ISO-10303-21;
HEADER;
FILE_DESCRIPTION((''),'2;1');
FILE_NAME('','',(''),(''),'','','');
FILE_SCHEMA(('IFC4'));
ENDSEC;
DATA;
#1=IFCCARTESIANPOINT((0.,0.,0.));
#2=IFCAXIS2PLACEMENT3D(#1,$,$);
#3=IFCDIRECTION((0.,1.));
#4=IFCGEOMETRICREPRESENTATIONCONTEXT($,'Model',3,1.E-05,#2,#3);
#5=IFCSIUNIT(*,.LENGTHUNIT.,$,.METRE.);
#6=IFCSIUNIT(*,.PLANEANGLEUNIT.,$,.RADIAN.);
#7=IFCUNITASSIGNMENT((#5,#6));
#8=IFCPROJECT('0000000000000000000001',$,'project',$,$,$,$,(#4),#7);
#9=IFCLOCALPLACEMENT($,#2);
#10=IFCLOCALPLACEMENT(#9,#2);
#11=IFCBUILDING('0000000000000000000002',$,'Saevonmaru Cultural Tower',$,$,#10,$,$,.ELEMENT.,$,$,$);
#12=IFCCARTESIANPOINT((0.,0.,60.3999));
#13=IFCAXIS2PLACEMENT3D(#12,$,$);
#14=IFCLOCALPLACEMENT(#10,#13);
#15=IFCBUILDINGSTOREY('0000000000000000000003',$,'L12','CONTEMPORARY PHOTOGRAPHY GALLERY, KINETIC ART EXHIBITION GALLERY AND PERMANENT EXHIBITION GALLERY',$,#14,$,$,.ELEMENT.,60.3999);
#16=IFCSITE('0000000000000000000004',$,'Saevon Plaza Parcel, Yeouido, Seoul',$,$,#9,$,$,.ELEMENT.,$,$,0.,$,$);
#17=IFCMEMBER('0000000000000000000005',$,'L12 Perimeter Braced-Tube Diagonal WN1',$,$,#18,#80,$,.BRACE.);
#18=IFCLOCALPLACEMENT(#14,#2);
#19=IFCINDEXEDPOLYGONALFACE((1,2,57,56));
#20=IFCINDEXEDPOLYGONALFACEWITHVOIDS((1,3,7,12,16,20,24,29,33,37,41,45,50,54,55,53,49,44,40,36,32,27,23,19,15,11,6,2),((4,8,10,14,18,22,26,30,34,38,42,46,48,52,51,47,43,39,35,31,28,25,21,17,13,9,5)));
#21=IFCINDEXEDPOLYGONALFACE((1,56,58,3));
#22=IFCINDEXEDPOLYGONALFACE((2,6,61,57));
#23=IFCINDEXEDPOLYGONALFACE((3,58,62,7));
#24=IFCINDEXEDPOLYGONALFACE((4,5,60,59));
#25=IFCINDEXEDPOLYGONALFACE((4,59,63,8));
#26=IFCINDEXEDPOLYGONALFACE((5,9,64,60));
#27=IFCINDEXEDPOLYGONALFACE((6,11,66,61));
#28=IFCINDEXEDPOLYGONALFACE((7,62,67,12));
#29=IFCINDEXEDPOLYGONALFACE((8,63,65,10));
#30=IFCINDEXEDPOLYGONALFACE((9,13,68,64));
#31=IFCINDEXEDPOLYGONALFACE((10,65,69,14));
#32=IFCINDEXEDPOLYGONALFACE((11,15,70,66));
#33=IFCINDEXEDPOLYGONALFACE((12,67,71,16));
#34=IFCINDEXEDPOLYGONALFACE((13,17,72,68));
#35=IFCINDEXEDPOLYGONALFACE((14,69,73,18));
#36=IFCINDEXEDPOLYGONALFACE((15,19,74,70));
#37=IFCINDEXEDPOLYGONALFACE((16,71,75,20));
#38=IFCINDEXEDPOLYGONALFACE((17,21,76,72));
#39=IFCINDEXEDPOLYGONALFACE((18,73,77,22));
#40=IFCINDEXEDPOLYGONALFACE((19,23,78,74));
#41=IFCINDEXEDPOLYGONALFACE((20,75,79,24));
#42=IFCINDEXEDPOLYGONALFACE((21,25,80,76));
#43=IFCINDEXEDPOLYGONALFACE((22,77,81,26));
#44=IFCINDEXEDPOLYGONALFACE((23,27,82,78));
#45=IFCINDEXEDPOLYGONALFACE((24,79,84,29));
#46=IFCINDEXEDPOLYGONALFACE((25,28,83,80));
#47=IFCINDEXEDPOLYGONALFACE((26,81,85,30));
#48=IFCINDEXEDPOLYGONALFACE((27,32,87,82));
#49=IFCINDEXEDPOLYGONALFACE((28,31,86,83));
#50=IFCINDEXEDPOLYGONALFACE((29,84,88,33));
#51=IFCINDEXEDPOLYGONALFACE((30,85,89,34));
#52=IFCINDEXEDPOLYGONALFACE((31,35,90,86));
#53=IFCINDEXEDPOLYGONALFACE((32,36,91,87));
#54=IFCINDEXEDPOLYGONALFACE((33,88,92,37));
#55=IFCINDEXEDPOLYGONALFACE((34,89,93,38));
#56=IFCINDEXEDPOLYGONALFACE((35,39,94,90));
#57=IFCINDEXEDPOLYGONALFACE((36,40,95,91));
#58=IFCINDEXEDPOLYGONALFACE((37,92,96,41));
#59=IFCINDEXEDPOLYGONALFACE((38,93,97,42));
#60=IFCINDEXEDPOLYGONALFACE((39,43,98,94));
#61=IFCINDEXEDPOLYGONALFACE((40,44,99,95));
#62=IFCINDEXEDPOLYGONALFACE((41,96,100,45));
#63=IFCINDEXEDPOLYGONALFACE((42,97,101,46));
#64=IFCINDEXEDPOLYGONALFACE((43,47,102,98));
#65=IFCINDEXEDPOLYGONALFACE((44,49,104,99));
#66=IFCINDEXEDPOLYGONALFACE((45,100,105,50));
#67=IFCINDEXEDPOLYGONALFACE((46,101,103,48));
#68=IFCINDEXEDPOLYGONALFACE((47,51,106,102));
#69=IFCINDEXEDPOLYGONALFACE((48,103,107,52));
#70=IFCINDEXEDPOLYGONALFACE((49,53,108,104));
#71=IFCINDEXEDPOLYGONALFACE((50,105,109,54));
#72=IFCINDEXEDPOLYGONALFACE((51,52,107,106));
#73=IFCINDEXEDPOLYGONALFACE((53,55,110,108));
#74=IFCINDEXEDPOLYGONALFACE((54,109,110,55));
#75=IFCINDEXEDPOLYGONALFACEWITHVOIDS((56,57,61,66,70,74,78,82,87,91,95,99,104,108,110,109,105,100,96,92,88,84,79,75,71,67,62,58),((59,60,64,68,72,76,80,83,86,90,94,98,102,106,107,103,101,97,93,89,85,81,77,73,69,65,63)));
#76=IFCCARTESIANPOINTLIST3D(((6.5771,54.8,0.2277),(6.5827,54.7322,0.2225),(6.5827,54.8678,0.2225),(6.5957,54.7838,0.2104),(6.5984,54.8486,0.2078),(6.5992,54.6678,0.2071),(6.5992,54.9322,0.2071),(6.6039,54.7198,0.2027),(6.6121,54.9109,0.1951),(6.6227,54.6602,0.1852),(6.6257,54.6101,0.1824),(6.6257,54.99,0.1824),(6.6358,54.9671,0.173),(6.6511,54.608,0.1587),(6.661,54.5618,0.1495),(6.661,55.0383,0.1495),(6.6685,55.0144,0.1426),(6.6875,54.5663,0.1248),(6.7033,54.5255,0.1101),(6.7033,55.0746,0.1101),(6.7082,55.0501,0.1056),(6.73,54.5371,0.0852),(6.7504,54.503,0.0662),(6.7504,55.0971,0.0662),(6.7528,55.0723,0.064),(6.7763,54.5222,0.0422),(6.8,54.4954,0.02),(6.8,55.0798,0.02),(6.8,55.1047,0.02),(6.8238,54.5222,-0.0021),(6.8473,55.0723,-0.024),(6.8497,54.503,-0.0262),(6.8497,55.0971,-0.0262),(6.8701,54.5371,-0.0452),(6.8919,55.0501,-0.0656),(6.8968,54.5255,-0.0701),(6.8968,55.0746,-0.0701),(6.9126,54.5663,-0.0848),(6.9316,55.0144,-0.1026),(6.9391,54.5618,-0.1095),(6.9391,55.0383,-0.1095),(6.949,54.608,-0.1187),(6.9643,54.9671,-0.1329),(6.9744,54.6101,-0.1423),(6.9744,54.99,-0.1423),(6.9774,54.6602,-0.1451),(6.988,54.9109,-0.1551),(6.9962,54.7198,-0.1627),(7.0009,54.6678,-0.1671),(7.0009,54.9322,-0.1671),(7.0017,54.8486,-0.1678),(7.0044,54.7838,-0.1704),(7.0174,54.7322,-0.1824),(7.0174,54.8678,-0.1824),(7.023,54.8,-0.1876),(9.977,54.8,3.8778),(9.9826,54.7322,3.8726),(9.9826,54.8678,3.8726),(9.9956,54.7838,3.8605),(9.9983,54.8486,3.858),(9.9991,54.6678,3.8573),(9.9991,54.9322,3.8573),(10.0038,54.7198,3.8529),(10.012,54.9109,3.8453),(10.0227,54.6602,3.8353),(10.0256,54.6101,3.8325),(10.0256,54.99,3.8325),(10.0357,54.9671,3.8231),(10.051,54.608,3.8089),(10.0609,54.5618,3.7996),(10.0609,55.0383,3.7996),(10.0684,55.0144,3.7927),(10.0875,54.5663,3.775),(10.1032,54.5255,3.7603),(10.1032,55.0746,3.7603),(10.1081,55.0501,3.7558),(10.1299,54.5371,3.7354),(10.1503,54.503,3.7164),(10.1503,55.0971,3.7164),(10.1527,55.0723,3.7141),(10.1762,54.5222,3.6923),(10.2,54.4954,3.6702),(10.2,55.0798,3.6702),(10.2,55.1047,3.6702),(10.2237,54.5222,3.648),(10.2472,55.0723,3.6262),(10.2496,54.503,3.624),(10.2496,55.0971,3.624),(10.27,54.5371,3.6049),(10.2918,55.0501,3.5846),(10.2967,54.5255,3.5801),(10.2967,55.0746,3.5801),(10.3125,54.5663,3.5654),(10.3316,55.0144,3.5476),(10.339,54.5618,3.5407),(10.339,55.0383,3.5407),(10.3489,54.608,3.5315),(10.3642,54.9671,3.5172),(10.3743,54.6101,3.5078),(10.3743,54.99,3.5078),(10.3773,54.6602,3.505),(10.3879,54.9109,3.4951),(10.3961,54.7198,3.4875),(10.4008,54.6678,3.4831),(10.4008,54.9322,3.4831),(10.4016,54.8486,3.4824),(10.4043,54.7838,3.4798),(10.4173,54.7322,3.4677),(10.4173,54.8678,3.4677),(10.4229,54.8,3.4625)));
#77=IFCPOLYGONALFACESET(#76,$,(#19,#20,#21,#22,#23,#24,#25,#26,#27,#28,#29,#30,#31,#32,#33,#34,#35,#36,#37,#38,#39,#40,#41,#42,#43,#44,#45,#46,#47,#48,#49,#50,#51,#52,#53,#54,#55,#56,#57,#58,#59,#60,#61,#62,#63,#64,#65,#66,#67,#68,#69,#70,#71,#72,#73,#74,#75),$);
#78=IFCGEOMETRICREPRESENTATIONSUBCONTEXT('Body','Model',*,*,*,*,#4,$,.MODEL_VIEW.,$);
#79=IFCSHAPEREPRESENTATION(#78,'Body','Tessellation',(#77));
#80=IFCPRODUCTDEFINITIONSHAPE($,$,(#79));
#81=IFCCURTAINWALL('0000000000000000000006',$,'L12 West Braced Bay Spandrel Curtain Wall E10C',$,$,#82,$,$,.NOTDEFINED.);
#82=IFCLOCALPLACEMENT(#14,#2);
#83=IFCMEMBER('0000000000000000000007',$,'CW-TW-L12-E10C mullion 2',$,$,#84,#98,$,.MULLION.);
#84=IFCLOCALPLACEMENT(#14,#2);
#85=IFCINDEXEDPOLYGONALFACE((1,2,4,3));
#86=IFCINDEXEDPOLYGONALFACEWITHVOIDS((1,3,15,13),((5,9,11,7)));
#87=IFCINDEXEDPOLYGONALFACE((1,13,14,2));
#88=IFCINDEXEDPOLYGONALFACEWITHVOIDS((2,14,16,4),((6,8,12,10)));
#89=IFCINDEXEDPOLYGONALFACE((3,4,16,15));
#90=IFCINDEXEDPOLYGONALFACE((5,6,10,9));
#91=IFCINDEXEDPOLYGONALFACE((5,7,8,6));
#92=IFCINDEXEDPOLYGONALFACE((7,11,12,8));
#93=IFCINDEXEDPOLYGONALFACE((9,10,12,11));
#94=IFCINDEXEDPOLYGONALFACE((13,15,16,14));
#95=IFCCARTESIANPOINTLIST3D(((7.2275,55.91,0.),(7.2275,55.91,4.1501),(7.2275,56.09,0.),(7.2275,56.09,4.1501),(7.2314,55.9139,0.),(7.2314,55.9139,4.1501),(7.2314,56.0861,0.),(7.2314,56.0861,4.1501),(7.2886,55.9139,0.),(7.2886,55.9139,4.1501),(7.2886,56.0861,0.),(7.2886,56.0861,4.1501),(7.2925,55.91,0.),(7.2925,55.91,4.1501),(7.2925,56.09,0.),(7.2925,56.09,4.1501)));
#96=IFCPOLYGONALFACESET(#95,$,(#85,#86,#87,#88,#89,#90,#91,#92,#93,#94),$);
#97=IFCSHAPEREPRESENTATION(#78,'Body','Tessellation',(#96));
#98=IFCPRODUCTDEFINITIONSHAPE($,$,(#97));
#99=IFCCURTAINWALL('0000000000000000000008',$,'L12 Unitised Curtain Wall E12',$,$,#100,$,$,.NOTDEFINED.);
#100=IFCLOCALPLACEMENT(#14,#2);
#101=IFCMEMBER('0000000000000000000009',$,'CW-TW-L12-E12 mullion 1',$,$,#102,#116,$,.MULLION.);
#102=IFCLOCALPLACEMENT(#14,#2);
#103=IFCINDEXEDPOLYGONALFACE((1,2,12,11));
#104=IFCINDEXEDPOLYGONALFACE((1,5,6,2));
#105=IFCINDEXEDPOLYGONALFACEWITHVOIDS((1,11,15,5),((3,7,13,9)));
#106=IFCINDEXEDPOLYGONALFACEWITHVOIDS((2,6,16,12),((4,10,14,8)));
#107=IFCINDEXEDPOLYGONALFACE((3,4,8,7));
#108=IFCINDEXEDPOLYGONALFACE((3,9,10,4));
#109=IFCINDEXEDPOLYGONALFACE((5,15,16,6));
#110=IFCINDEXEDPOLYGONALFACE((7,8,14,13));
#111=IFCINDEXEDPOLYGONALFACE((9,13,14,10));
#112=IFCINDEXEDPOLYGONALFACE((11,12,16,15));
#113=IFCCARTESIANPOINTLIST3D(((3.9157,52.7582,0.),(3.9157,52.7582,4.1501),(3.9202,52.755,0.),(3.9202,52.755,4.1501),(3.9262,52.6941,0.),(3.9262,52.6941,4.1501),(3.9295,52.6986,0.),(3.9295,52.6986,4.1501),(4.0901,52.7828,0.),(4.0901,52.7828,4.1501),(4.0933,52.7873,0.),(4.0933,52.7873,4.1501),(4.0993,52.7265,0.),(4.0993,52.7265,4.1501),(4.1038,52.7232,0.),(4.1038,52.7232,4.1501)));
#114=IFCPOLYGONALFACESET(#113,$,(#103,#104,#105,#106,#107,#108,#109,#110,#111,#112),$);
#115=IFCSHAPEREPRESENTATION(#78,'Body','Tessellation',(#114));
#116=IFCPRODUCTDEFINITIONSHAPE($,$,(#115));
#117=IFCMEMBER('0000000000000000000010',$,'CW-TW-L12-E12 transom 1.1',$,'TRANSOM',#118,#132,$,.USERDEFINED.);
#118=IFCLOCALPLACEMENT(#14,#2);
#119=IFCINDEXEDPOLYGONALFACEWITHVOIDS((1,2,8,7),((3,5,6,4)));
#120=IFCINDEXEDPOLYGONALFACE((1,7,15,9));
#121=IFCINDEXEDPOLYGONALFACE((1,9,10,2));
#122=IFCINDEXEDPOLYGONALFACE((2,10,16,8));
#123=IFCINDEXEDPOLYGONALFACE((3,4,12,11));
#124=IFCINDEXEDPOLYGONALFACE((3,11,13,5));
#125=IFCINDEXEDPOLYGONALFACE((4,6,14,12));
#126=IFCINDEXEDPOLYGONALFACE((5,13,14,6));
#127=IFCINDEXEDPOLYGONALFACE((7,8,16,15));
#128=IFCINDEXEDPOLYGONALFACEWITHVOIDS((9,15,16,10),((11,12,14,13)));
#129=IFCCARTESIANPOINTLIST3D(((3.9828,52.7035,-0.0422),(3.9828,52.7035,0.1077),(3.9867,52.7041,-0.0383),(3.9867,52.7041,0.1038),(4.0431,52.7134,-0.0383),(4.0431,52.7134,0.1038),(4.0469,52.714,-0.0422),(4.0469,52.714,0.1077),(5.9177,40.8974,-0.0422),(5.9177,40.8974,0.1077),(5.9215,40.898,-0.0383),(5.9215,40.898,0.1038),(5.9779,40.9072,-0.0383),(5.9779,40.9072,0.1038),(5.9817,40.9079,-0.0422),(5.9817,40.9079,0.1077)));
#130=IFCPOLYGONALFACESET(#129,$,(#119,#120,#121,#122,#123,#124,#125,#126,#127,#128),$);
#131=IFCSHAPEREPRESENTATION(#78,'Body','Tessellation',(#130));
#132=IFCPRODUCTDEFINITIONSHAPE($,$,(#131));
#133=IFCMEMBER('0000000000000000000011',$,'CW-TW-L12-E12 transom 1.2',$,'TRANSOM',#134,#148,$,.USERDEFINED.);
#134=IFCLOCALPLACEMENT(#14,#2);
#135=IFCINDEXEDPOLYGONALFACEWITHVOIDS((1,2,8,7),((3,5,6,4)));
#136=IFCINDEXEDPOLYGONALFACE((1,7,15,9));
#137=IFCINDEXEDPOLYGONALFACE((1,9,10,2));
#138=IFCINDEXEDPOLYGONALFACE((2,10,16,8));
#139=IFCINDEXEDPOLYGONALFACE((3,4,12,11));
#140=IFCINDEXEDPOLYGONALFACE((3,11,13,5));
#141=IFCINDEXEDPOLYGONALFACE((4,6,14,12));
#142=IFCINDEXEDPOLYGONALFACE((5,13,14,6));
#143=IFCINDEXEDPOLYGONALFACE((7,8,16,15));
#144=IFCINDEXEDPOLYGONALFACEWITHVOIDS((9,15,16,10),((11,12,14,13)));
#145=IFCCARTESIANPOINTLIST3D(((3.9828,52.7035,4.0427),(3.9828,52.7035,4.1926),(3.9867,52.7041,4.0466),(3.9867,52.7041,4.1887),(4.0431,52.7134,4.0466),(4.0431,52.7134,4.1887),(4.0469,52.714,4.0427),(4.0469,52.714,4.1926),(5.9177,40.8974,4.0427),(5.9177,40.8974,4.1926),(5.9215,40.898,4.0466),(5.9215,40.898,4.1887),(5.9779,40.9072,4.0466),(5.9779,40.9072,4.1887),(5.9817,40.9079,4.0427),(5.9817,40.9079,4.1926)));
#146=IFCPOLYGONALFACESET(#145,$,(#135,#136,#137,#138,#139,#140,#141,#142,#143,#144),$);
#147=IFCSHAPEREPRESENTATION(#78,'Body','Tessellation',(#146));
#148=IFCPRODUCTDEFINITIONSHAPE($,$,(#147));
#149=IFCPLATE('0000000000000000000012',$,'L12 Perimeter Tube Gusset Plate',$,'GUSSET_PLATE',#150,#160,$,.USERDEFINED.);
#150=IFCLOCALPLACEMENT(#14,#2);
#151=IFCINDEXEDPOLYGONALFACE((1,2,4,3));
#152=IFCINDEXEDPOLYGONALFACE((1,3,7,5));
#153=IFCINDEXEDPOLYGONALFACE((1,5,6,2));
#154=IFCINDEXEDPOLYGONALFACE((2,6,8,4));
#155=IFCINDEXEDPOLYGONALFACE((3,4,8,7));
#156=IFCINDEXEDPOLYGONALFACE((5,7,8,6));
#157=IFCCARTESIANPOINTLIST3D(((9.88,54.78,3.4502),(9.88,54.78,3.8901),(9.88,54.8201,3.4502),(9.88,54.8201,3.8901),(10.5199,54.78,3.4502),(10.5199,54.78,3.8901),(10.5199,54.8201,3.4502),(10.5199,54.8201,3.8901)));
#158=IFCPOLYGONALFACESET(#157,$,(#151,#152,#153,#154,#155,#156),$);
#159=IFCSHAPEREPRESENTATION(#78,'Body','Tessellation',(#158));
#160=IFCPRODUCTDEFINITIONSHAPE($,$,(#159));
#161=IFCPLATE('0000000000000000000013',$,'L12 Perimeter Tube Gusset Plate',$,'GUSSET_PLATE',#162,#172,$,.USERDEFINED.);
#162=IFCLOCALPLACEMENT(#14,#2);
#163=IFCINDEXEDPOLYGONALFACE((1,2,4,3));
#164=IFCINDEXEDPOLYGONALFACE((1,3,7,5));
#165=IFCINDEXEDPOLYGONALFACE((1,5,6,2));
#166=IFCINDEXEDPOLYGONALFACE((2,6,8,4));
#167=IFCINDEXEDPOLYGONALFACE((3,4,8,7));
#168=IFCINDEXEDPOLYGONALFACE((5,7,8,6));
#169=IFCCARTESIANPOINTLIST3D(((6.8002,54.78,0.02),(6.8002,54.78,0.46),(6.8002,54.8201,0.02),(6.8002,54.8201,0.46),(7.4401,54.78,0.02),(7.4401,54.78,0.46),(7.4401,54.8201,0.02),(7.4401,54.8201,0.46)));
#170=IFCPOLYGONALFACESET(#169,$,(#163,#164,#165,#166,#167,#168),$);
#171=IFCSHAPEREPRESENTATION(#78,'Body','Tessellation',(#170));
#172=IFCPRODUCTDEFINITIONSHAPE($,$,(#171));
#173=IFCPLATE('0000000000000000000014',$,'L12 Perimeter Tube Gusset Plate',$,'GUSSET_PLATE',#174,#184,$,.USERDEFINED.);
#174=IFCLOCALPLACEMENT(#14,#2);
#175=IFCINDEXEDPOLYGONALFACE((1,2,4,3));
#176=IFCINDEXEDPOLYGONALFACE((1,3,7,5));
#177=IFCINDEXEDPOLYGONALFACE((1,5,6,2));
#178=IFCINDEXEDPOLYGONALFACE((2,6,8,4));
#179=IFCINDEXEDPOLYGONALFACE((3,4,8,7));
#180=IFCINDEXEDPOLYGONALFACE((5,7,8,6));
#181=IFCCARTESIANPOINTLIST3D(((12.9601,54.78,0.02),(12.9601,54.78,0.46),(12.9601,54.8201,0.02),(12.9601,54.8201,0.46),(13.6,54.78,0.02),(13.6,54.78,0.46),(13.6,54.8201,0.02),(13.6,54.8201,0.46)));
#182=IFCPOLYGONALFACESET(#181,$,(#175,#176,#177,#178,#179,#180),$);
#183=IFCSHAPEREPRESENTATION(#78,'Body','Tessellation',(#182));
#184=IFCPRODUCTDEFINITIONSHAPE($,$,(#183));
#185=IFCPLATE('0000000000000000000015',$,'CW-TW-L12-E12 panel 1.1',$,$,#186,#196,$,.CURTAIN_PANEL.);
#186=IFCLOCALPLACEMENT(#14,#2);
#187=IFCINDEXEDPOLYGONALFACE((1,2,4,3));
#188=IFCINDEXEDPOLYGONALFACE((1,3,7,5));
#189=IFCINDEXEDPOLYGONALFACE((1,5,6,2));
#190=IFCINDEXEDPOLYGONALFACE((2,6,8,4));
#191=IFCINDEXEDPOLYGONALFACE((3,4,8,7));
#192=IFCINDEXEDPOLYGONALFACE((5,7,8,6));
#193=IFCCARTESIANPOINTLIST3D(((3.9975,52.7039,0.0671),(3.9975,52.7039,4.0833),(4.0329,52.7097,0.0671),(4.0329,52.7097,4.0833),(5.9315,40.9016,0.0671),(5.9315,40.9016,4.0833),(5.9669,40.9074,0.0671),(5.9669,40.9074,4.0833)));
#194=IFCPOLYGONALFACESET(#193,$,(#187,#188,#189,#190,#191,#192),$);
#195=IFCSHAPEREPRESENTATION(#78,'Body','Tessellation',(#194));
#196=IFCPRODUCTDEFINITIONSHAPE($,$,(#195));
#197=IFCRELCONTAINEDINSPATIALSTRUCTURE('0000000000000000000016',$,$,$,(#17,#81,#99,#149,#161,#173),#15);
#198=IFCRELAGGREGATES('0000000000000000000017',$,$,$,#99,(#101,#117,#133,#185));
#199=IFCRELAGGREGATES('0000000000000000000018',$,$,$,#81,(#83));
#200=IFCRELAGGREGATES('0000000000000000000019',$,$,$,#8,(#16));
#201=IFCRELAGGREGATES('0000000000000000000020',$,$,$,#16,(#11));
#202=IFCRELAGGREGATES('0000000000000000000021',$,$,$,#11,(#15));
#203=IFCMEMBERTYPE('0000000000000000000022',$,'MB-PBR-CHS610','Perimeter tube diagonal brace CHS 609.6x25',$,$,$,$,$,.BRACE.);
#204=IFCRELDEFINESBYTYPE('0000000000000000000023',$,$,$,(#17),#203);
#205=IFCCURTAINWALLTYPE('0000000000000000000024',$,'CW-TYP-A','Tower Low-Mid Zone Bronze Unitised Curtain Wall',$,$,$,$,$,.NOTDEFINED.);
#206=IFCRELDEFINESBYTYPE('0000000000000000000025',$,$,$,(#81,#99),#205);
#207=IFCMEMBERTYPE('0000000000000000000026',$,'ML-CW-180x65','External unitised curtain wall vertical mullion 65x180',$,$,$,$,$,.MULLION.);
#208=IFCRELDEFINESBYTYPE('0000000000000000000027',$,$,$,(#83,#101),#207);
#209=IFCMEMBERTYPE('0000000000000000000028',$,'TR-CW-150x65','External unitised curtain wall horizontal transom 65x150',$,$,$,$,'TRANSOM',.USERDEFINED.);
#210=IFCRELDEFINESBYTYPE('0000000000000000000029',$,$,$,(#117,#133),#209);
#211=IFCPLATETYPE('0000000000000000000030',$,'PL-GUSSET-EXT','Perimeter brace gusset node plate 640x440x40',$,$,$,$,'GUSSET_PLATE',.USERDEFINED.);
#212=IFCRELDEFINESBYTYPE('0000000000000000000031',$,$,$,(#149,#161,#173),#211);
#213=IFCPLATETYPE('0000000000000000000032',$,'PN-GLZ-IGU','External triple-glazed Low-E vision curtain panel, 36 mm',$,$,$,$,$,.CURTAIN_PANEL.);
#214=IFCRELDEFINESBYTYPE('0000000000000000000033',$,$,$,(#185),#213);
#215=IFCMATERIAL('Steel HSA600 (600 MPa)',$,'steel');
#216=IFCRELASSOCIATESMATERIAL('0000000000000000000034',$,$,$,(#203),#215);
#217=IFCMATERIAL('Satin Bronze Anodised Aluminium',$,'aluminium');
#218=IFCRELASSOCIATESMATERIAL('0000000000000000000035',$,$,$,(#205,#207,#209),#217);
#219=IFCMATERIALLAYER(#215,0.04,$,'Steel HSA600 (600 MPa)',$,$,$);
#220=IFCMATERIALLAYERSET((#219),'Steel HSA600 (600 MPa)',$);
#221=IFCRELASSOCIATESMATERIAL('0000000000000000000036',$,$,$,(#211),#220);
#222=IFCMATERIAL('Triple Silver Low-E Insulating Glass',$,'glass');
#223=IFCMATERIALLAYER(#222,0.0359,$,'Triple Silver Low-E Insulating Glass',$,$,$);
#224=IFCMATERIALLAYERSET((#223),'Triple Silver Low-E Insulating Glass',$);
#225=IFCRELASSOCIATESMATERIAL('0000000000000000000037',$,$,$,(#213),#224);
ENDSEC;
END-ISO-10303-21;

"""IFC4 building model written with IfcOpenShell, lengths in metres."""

from ifc_helpers import new_model, si_unit, direction, frame, origin, origin_2d, place, context, subcontext, project, spatial, rectangle, hollow_rectangle, hollow_circle, extrude, material, layer, layer_set, material_profile, profile_set, type_object, element, aggregate, save


model = new_model("IFC4")

# Units and contexts
model_context = context("Model", 3, precision=1e-05, world=origin(), true_north=direction((0.0, 1.0)))
body_context = subcontext(model_context, "Body", "Model", "MODEL_VIEW")
ifc_project = project(units=[si_unit("LENGTHUNIT", "METRE"), si_unit("PLANEANGLEUNIT", "RADIAN")], contexts=[model_context])

# Site, building, storey
site_placement = place(None, origin())
site = spatial("IfcSite", under=ifc_project, at=site_placement, Name="Saevon Plaza Parcel, Yeouido, Seoul", CompositionType="ELEMENT", RefElevation=0.0)
building_placement = place(site_placement, origin())
building = spatial("IfcBuilding", under=site, at=building_placement, Name="Saevonmaru Cultural Tower", CompositionType="ELEMENT")
storey_placement = place(building_placement, frame((0.0, 0.0, 60.3999)))
storey = spatial("IfcBuildingStorey", under=building, at=storey_placement, Name="L12", Description="CONTEMPORARY PHOTOGRAPHY GALLERY, KINETIC ART EXHIBITION GALLERY AND PERMANENT EXHIBITION GALLERY", CompositionType="ELEMENT", Elevation=60.3999)

# Shared definitions
ifc_material_1 = material(Name="Steel HSA600 (600 MPa)", Category="steel")

# Member
ifc_material_profile_1 = material_profile(ifc_material_1, hollow_circle(Radius=0.3047, WallThickness=0.0249, at=origin_2d()), Name="CHS-609.6x25")
ifc_profile_set_1 = profile_set([ifc_material_profile_1], Name="Steel HSA600 (600 MPa)")
member_type_1 = type_object("IfcMemberType", Name="MB-PBR-CHS610", Description="Perimeter tube diagonal brace CHS 609.6x25", PredefinedType="BRACE", material=ifc_profile_set_1)
member_1_placement = place(storey_placement, frame((6.8, 54.8, 0.02), z_axis=(0.681579, 0.0, 0.731745), x_axis=(0.0, 1.0, 0.0)))
element("IfcMember", 1, at=member_1_placement, inside=storey, type_object=member_type_1, Name="L12 Perimeter Braced-Tube Diagonal WN1", PredefinedType="BRACE", context=body_context, shape_type="SweptSolid", body=[
    extrude(hollow_circle(Radius=0.3047, WallThickness=0.0249, at=origin_2d()), origin(), (0.0, 0.0, 1.0), 4.9883),
])

# Curtain wall, member
ifc_material_2 = material(Name="Satin Bronze Anodised Aluminium", Category="aluminium")
curtain_wall_type = type_object("IfcCurtainWallType", Name="CW-TYP-A", Description="Tower Low-Mid Zone Bronze Unitised Curtain Wall", PredefinedType="NOTDEFINED", material=ifc_material_2)
curtain_wall_1_placement = place(storey_placement, origin())
curtain_wall_1 = element("IfcCurtainWall", 2, at=curtain_wall_1_placement, inside=storey, type_object=curtain_wall_type, Name="L12 West Braced Bay Spandrel Curtain Wall E10C", PredefinedType="NOTDEFINED")
ifc_material_profile_2 = material_profile(ifc_material_2, hollow_rectangle(XDim=0.0649, YDim=0.1799, WallThickness=0.0039, at=origin_2d()), Name="ALU-MULL-180x65x4")
ifc_profile_set_2 = profile_set([ifc_material_profile_2], Name="Satin Bronze Anodised Aluminium")
member_type_2 = type_object("IfcMemberType", Name="ML-CW-180x65", Description="External unitised curtain wall vertical mullion 65x180", PredefinedType="MULLION", material=ifc_profile_set_2)
member_2_placement = place(storey_placement, frame((7.26, 56.0, 0.0), z_axis=(0.0, 0.0, 1.0), x_axis=(-1.0, 0.0, 0.0)))
member_2 = element("IfcMember", 3, at=member_2_placement, type_object=member_type_2, Name="CW-TW-L12-E10C mullion 2", PredefinedType="MULLION", context=body_context, shape_type="SweptSolid", body=[
    extrude(hollow_rectangle(XDim=0.0649, YDim=0.1799, WallThickness=0.0039, at=origin_2d()), origin(), (0.0, 0.0, 1.0), 4.1501),
])

# Curtain wall, members
curtain_wall_2_placement = place(storey_placement, origin())
curtain_wall_2 = element("IfcCurtainWall", 4, at=curtain_wall_2_placement, inside=storey, type_object=curtain_wall_type, Name="L12 Unitised Curtain Wall E12", PredefinedType="NOTDEFINED")
member_3_placement = place(storey_placement, frame((4.0098, 52.7407, 0.0), z_axis=(0.0, 0.0, 1.0), x_axis=(0.161709, -0.986839, 0.0)))
member_3 = element("IfcMember", 5, at=member_3_placement, type_object=member_type_2, Name="CW-TW-L12-E12 mullion 1", PredefinedType="MULLION", context=body_context, shape_type="SweptSolid", body=[
    extrude(hollow_rectangle(XDim=0.0649, YDim=0.1799, WallThickness=0.0039, at=origin_2d()), origin(), (0.0, 0.0, 1.0), 4.1501),
])
ifc_material_profile_3 = material_profile(ifc_material_2, hollow_rectangle(XDim=0.0649, YDim=0.1499, WallThickness=0.0039, at=origin_2d()), Name="ALU-TRAN-150x65x4")
ifc_profile_set_3 = profile_set([ifc_material_profile_3], Name="Satin Bronze Anodised Aluminium")
member_type_3 = type_object("IfcMemberType", Name="TR-CW-150x65", Description="External unitised curtain wall horizontal transom 65x150", ElementType="TRANSOM", PredefinedType="USERDEFINED", material=ifc_profile_set_3)
member_4_placement = place(storey_placement, frame((4.0149, 52.7087, 0.0327), z_axis=(0.161725, -0.986836, 0.0), x_axis=(0.986836, 0.161725, 0.0)))
member_4 = element("IfcMember", 6, at=member_4_placement, type_object=member_type_3, Name="CW-TW-L12-E12 transom 1.1", ObjectType="TRANSOM", PredefinedType="USERDEFINED", context=body_context, shape_type="SweptSolid", body=[
    extrude(hollow_rectangle(XDim=0.0649, YDim=0.1499, WallThickness=0.0039, at=origin_2d()), origin(), (0.0, 0.0, 1.0), 11.9636),
])
member_5_placement = place(storey_placement, frame((4.0149, 52.7087, 4.1177), z_axis=(0.161725, -0.986836, 0.0), x_axis=(0.986836, 0.161725, 0.0)))
member_5 = element("IfcMember", 7, at=member_5_placement, type_object=member_type_3, Name="CW-TW-L12-E12 transom 1.2", ObjectType="TRANSOM", PredefinedType="USERDEFINED", context=body_context, shape_type="SweptSolid", body=[
    extrude(hollow_rectangle(XDim=0.0649, YDim=0.1499, WallThickness=0.0039, at=origin_2d()), origin(), (0.0, 0.0, 1.0), 11.9636),
])

# Plates
ifc_layer_1 = layer(ifc_material_1, 0.04, Name="Steel HSA600 (600 MPa)")
ifc_layer_set_1 = layer_set([ifc_layer_1], Name="Steel HSA600 (600 MPa)")
plate_type_1 = type_object("IfcPlateType", Name="PL-GUSSET-EXT", Description="Perimeter brace gusset node plate 640x440x40", ElementType="GUSSET_PLATE", PredefinedType="USERDEFINED", material=ifc_layer_set_1)
for number, where, z_axis, x_axis, name in (
    (8, (10.2, 54.8, 3.4502), (0.0, 0.0, 1.0), (1.0, 0.0, 0.0), "L12 Perimeter Tube Gusset Plate"),
    (9, (7.1201, 54.8, 0.02), (0.0, 0.0, 1.0), (1.0, 0.0, 0.0), "L12 Perimeter Tube Gusset Plate"),
    (10, (13.28, 54.8, 0.02), (0.0, 0.0, 1.0), (1.0, 0.0, 0.0), "L12 Perimeter Tube Gusset Plate"),
):
    element("IfcPlate", number, at=place(storey_placement, frame(where, z_axis=z_axis, x_axis=x_axis)), inside=storey, type_object=plate_type_1, Name=name, ObjectType="GUSSET_PLATE", PredefinedType="USERDEFINED", context=body_context, shape_type="SweptSolid", body=[
        extrude(rectangle(XDim=0.6399, YDim=0.04, at=origin_2d()), origin(), (0.0, 0.0, 1.0), 0.4399),
    ])

# Plate
ifc_material_3 = material(Name="Triple Silver Low-E Insulating Glass", Category="glass")
ifc_layer_2 = layer(ifc_material_3, 0.0359, Name="Triple Silver Low-E Insulating Glass")
ifc_layer_set_2 = layer_set([ifc_layer_2], Name="Triple Silver Low-E Insulating Glass")
plate_type_2 = type_object("IfcPlateType", Name="PN-GLZ-IGU", Description="External triple-glazed Low-E vision curtain panel, 36 mm", PredefinedType="CURTAIN_PANEL", material=ifc_layer_set_2)
plate_1_placement = place(storey_placement, frame((4.9822, 46.8057, 0.0671), z_axis=(0.0, 0.0, 1.0), x_axis=(0.161709, -0.986839, 0.0)))
plate_1 = element("IfcPlate", 11, at=plate_1_placement, type_object=plate_type_2, Name="CW-TW-L12-E12 panel 1.1", PredefinedType="CURTAIN_PANEL", context=body_context, shape_type="SweptSolid", body=[
    extrude(rectangle(XDim=11.9597, YDim=0.0359, at=origin_2d()), origin(), (0.0, 0.0, 1.0), 4.0161),
])
aggregate(curtain_wall_2, [member_3, member_4, member_5, plate_1])
aggregate(curtain_wall_1, [member_2])

save(model, "model.ifc")
